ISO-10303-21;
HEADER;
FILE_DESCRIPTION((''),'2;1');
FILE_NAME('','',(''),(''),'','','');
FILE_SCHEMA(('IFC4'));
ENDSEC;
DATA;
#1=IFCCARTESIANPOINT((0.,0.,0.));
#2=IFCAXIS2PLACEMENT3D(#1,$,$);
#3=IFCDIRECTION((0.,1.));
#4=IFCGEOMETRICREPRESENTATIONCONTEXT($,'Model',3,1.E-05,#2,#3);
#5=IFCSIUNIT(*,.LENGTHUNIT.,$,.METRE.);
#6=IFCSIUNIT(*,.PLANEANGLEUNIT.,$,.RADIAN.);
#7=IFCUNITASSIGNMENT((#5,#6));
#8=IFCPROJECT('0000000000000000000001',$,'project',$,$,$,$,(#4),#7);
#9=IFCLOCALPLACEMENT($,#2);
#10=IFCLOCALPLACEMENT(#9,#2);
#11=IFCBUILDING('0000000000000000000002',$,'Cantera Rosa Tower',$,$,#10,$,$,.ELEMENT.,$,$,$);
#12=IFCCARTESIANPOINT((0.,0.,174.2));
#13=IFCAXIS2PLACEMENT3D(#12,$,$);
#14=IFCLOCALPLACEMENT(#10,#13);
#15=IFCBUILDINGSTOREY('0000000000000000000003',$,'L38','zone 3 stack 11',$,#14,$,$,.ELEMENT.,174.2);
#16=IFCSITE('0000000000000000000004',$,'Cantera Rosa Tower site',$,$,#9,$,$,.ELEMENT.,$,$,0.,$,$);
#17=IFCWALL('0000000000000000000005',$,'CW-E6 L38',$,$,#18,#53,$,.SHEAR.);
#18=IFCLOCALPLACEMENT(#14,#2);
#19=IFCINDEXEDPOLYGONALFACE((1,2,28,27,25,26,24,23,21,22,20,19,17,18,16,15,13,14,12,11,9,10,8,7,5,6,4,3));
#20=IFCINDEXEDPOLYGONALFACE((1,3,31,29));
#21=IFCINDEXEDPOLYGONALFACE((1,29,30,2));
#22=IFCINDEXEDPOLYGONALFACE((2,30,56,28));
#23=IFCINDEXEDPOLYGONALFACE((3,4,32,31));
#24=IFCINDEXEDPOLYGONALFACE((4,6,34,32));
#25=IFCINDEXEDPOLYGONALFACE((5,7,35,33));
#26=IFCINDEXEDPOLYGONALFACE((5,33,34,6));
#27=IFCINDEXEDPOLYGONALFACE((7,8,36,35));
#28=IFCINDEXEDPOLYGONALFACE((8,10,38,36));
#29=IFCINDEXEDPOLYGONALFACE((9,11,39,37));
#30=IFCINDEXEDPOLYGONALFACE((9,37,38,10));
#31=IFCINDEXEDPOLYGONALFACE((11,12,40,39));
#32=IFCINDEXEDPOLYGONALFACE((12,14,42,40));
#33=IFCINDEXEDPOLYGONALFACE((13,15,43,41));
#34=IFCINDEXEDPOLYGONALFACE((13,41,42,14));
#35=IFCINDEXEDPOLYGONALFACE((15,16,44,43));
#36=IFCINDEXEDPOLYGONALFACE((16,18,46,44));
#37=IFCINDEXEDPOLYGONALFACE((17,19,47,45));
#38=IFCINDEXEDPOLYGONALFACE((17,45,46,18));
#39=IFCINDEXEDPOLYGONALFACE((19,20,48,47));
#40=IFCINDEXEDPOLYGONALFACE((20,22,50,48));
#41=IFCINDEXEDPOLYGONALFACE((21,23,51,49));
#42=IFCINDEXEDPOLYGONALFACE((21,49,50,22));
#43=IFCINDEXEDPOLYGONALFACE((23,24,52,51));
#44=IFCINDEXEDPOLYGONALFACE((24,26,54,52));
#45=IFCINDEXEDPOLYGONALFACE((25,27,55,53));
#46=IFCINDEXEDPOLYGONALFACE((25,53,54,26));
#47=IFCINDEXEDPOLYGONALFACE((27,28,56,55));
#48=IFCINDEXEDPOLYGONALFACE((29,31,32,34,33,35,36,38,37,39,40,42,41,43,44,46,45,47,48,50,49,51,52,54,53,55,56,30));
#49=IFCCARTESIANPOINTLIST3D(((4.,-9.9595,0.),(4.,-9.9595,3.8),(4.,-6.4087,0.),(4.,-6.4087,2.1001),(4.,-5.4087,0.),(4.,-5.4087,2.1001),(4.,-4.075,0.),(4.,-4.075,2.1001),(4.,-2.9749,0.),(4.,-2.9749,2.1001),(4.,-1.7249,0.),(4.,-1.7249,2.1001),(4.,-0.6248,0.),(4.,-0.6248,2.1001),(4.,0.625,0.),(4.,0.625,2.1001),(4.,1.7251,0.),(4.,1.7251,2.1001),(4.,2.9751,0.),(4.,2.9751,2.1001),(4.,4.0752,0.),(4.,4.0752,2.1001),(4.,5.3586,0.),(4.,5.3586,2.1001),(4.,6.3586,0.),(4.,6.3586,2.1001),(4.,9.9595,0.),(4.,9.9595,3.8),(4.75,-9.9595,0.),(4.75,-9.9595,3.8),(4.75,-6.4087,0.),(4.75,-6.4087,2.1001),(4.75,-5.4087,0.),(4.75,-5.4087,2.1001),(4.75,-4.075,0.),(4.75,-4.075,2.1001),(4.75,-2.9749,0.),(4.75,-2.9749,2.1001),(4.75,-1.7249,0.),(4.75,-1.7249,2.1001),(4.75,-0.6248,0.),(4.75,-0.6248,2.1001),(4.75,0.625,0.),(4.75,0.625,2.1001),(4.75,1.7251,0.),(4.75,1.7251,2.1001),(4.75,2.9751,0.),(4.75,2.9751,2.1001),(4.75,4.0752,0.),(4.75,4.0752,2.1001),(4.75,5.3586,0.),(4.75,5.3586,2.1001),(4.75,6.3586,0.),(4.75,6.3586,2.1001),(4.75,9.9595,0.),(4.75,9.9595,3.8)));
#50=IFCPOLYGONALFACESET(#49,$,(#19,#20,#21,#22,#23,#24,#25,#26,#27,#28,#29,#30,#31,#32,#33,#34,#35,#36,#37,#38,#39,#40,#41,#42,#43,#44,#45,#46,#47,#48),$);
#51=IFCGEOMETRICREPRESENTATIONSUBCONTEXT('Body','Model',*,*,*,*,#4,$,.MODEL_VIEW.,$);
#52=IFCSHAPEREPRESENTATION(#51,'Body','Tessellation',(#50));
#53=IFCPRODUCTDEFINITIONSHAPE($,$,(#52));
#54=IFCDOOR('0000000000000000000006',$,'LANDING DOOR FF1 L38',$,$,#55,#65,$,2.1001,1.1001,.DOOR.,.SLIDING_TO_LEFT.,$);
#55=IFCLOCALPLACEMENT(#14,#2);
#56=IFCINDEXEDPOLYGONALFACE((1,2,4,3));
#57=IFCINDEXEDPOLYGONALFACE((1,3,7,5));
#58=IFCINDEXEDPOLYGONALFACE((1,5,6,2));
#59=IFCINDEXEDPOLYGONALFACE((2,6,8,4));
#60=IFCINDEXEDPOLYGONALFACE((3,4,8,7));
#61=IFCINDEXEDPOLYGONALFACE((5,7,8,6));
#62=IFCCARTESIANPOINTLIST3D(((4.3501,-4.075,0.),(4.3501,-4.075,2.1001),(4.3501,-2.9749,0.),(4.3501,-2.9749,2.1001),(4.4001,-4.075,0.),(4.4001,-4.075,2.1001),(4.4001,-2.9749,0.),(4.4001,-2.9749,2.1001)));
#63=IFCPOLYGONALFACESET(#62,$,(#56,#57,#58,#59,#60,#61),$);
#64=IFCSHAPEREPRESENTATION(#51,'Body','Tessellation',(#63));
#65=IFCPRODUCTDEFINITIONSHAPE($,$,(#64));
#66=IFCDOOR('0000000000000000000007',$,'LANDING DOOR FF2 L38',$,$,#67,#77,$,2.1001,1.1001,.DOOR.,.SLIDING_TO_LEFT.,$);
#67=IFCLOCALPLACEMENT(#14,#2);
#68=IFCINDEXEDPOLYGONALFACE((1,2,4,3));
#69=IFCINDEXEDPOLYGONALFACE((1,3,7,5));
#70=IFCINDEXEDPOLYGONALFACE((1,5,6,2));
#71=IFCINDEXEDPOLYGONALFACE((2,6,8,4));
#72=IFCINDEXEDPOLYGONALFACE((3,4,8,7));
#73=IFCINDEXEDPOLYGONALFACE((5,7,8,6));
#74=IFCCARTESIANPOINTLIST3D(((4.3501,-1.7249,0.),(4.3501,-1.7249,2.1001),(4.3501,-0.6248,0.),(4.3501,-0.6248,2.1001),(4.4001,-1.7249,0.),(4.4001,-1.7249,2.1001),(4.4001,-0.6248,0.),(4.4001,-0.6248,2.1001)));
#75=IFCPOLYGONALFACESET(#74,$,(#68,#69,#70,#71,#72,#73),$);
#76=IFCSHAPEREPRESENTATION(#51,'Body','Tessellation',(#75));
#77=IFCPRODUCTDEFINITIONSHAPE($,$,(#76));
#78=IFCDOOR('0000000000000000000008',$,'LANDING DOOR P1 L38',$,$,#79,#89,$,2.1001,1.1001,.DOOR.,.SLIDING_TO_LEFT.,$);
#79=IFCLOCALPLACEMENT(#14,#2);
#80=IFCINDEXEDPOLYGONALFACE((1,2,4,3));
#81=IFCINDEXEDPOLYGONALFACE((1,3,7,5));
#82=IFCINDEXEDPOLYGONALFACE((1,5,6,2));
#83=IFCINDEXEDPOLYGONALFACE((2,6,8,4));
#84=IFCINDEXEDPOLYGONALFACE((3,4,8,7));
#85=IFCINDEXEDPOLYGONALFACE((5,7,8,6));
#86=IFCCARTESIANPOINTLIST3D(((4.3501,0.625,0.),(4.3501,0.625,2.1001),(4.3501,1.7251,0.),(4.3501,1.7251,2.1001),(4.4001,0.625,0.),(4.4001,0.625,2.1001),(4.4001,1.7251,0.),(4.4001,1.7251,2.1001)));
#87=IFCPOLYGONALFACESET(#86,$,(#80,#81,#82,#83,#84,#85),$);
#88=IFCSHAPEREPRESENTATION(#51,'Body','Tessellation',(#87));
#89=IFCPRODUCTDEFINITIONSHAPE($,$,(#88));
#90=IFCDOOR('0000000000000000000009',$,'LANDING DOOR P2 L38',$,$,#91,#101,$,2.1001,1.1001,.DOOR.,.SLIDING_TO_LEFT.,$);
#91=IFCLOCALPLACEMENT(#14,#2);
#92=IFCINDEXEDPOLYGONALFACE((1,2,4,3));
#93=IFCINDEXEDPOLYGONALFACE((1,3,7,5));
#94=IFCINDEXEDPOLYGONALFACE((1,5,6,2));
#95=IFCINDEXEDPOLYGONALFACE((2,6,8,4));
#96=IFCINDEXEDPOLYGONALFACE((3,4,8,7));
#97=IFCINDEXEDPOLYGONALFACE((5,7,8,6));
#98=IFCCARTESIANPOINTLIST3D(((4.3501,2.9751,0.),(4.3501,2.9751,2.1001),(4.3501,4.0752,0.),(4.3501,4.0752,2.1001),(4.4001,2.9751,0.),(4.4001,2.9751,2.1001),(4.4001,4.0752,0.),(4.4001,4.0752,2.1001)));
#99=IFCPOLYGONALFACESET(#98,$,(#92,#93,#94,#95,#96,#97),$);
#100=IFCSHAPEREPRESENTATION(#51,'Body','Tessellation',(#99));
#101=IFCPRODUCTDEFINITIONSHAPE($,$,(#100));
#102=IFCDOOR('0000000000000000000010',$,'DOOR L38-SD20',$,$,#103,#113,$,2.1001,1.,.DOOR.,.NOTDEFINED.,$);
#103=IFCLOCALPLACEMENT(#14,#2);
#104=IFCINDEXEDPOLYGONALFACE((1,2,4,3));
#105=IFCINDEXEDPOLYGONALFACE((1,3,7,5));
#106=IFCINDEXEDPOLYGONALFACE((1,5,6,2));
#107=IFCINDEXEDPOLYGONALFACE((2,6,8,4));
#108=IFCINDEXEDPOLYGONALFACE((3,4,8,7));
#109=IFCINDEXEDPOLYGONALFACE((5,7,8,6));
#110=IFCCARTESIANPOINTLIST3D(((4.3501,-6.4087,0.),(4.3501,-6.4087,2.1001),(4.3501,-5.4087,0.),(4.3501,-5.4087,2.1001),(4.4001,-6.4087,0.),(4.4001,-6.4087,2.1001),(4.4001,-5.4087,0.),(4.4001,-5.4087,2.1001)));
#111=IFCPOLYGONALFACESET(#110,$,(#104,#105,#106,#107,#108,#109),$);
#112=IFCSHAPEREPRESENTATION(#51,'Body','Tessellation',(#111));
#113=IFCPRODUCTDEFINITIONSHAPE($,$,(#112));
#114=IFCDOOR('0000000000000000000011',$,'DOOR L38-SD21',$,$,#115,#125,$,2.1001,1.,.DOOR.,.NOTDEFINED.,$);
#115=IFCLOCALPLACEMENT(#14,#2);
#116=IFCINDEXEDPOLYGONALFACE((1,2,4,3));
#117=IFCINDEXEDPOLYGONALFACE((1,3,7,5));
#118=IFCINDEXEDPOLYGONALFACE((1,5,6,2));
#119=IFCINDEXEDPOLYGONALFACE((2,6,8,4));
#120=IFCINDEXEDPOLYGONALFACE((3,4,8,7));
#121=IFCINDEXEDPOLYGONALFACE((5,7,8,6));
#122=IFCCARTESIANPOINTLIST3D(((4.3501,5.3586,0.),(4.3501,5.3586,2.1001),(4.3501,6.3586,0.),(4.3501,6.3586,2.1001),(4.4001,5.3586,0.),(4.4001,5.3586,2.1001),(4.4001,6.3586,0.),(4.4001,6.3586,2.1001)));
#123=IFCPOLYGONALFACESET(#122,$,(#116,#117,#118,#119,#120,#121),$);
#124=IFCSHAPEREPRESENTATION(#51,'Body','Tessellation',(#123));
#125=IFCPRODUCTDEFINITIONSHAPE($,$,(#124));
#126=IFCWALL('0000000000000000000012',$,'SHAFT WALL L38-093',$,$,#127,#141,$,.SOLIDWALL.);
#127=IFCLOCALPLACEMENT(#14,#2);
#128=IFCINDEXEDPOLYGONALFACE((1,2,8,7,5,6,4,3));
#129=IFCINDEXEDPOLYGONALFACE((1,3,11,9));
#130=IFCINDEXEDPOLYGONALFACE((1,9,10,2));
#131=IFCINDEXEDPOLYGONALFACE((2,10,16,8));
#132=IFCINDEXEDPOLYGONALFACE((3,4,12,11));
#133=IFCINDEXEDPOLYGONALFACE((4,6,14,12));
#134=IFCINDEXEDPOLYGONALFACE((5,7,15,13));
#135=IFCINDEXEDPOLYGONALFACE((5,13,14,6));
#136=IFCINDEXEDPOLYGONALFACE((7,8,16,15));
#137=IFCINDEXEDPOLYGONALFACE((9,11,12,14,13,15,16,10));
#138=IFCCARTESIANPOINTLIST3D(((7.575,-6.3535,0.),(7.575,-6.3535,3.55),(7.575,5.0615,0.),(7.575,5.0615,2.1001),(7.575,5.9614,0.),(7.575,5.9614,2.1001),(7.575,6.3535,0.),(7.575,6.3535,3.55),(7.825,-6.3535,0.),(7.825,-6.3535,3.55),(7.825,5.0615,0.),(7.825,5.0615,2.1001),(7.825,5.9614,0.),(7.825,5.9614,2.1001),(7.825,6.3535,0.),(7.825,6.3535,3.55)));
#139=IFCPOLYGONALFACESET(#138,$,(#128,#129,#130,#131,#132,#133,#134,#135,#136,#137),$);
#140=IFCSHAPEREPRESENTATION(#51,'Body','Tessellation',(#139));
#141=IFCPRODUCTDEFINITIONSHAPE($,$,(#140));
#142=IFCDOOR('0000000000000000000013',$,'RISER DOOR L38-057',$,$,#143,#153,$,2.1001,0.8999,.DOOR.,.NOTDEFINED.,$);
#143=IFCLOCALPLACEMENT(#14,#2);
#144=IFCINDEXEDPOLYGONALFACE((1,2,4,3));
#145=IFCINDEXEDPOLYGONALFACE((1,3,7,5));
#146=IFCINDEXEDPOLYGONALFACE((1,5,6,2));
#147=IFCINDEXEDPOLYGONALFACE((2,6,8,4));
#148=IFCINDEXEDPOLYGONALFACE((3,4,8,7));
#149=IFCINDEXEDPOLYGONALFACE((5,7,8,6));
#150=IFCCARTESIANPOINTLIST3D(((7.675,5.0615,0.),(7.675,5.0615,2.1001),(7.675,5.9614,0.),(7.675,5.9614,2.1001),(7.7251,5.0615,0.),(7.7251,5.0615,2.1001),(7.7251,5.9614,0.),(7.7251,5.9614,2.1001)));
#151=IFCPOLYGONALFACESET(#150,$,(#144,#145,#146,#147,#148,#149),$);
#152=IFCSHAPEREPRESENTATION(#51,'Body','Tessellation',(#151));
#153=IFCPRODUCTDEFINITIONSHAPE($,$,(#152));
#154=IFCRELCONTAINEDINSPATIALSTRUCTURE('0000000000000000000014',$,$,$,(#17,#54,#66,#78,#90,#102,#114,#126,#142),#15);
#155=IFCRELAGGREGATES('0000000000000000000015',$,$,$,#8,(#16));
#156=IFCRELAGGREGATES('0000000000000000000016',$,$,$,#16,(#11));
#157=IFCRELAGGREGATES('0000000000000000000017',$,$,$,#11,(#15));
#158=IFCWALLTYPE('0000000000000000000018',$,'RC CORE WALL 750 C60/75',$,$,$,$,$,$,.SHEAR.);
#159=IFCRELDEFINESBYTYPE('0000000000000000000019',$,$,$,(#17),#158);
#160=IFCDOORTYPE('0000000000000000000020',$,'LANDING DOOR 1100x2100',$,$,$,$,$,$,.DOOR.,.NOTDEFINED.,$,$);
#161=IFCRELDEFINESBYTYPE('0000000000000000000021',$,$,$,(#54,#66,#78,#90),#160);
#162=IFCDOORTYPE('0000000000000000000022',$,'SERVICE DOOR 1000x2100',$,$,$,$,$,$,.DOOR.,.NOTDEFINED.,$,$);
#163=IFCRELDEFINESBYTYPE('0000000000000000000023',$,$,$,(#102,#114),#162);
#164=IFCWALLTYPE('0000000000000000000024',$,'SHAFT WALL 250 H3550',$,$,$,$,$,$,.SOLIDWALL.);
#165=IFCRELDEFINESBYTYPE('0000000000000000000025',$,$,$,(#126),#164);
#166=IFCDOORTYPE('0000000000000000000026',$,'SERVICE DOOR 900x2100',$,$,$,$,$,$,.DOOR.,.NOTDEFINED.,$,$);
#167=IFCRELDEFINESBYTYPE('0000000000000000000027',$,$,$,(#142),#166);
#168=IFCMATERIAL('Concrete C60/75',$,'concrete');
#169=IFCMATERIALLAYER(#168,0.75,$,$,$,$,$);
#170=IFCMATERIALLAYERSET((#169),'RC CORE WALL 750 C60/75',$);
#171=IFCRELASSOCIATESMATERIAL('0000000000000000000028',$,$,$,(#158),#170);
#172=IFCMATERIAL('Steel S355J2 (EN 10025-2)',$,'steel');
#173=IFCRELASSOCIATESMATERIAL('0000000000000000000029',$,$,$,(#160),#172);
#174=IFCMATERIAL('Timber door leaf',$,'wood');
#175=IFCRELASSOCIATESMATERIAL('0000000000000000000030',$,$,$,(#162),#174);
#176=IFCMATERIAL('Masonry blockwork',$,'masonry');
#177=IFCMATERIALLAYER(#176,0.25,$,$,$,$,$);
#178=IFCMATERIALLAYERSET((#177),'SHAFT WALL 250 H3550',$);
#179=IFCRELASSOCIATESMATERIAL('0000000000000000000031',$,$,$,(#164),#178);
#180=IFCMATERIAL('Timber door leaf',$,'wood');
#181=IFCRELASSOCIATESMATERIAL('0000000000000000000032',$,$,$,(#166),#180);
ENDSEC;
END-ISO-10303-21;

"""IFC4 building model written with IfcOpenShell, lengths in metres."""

from ifc_helpers import new_model, si_unit, direction, frame, frame_2d, origin, place, context, subcontext, project, spatial, rectangle, extrude, material, layer, layer_set, type_object, element, fill, save


model = new_model("IFC4")

# Units and contexts
model_context = context("Model", 3, precision=1e-05, world=origin(), true_north=direction((0.0, 1.0)))
body_context = subcontext(model_context, "Body", "Model", "MODEL_VIEW")
ifc_project = project(units=[si_unit("LENGTHUNIT", "METRE"), si_unit("PLANEANGLEUNIT", "RADIAN")], contexts=[model_context])

# Site, building, storey
site_placement = place(None, origin())
site = spatial("IfcSite", under=ifc_project, at=site_placement, Name="Cantera Rosa Tower site", CompositionType="ELEMENT", RefElevation=0.0)
building_placement = place(site_placement, origin())
building = spatial("IfcBuilding", under=site, at=building_placement, Name="Cantera Rosa Tower", CompositionType="ELEMENT")
storey_placement = place(building_placement, frame((0.0, 0.0, 174.2)))
storey = spatial("IfcBuildingStorey", under=building, at=storey_placement, Name="L38", Description="zone 3 stack 11", CompositionType="ELEMENT", Elevation=174.2)

# Shared definitions
ifc_material_1 = material(Name="Concrete C60/75", Category="concrete")
ifc_layer_1 = layer(ifc_material_1, 0.75)
ifc_layer_set_1 = layer_set([ifc_layer_1], Name="RC CORE WALL 750 C60/75")
wall_type_1 = type_object("IfcWallType", Name="RC CORE WALL 750 C60/75", PredefinedType="SHEAR", material=ifc_layer_set_1)

# Wall, openings, doors
wall_1_placement = place(storey_placement, frame((4.375, -9.9595, 0.0), z_axis=(0.0, 0.0, 1.0), x_axis=(0.0, 1.0, 0.0)))
wall_1 = element("IfcWall", 1, at=wall_1_placement, inside=storey, type_object=wall_type_1, Name="CW-E6 L38", PredefinedType="SHEAR", context=body_context, shape_type="SweptSolid", body=[
    extrude(rectangle(XDim=19.9189, YDim=0.75, at=frame_2d((9.9595, 0.0))), origin(), (0.0, 0.0, 1.0), 3.8),
])
opening_1_placement = place(wall_1_placement, frame((5.8845, 0.0, 0.0)))
opening_1 = element("IfcOpeningElement", 2, at=opening_1_placement, cuts=wall_1, PredefinedType="OPENING", context=body_context, shape_type="SweptSolid", body=[
    extrude(rectangle(XDim=1.1001, YDim=2.1001, at=frame_2d((0.55, 1.05))), frame((0.0, 0.385, 0.0), z_axis=(0.0, -1.0, 0.0), x_axis=(1.0, 0.0, 0.0)), (0.0, 0.0, 1.0), 0.77),
])
opening_2_placement = place(wall_1_placement, frame((8.2346, 0.0, 0.0)))
opening_2 = element("IfcOpeningElement", 3, at=opening_2_placement, cuts=wall_1, PredefinedType="OPENING", context=body_context, shape_type="SweptSolid", body=[
    extrude(rectangle(XDim=1.1001, YDim=2.1001, at=frame_2d((0.55, 1.05))), frame((0.0, 0.385, 0.0), z_axis=(0.0, -1.0, 0.0), x_axis=(1.0, 0.0, 0.0)), (0.0, 0.0, 1.0), 0.77),
])
opening_3_placement = place(wall_1_placement, frame((10.5845, 0.0, 0.0)))
opening_3 = element("IfcOpeningElement", 4, at=opening_3_placement, cuts=wall_1, PredefinedType="OPENING", context=body_context, shape_type="SweptSolid", body=[
    extrude(rectangle(XDim=1.1001, YDim=2.1001, at=frame_2d((0.55, 1.05))), frame((0.0, 0.385, 0.0), z_axis=(0.0, -1.0, 0.0), x_axis=(1.0, 0.0, 0.0)), (0.0, 0.0, 1.0), 0.77),
])
opening_4_placement = place(wall_1_placement, frame((12.9346, 0.0, 0.0)))
opening_4 = element("IfcOpeningElement", 5, at=opening_4_placement, cuts=wall_1, PredefinedType="OPENING", context=body_context, shape_type="SweptSolid", body=[
    extrude(rectangle(XDim=1.1001, YDim=2.1001, at=frame_2d((0.55, 1.05))), frame((0.0, 0.385, 0.0), z_axis=(0.0, -1.0, 0.0), x_axis=(1.0, 0.0, 0.0)), (0.0, 0.0, 1.0), 0.77),
])
opening_5_placement = place(wall_1_placement, frame((3.5508, 0.0, 0.0)))
opening_5 = element("IfcOpeningElement", 6, at=opening_5_placement, cuts=wall_1, PredefinedType="OPENING", context=body_context, shape_type="SweptSolid", body=[
    extrude(rectangle(XDim=1.0, YDim=2.1001, at=frame_2d((0.5, 1.05))), frame((0.0, 0.385, 0.0), z_axis=(0.0, -1.0, 0.0), x_axis=(1.0, 0.0, 0.0)), (0.0, 0.0, 1.0), 0.77),
])
opening_6_placement = place(wall_1_placement, frame((15.3181, 0.0, 0.0)))
opening_6 = element("IfcOpeningElement", 7, at=opening_6_placement, cuts=wall_1, PredefinedType="OPENING", context=body_context, shape_type="SweptSolid", body=[
    extrude(rectangle(XDim=1.0, YDim=2.1001, at=frame_2d((0.5, 1.05))), frame((0.0, 0.385, 0.0), z_axis=(0.0, -1.0, 0.0), x_axis=(1.0, 0.0, 0.0)), (0.0, 0.0, 1.0), 0.77),
])
ifc_material_2 = material(Name="Steel S355J2 (EN 10025-2)", Category="steel")
door_type_1 = type_object("IfcDoorType", Name="LANDING DOOR 1100x2100", OperationType="NOTDEFINED", PredefinedType="DOOR", material=ifc_material_2)
door_1_placement = place(opening_1_placement, origin())
door_1 = element("IfcDoor", 8, at=door_1_placement, inside=storey, type_object=door_type_1, Name="LANDING DOOR FF1 L38", OperationType="SLIDING_TO_LEFT", OverallHeight=2.1001, OverallWidth=1.1001, PredefinedType="DOOR", context=body_context, shape_type="SweptSolid", body=[
    extrude(rectangle(XDim=1.1001, YDim=2.1001, at=frame_2d((0.55, 1.05))), frame((0.0, 0.0249, 0.0), z_axis=(0.0, -1.0, 0.0), x_axis=(1.0, 0.0, 0.0)), (0.0, 0.0, 1.0), 0.05),
])
fill(opening_1, door_1)
door_2_placement = place(opening_2_placement, origin())
door_2 = element("IfcDoor", 9, at=door_2_placement, inside=storey, type_object=door_type_1, Name="LANDING DOOR FF2 L38", OperationType="SLIDING_TO_LEFT", OverallHeight=2.1001, OverallWidth=1.1001, PredefinedType="DOOR", context=body_context, shape_type="SweptSolid", body=[
    extrude(rectangle(XDim=1.1001, YDim=2.1001, at=frame_2d((0.55, 1.05))), frame((0.0, 0.0249, 0.0), z_axis=(0.0, -1.0, 0.0), x_axis=(1.0, 0.0, 0.0)), (0.0, 0.0, 1.0), 0.05),
])
fill(opening_2, door_2)
door_3_placement = place(opening_3_placement, origin())
door_3 = element("IfcDoor", 10, at=door_3_placement, inside=storey, type_object=door_type_1, Name="LANDING DOOR P1 L38", OperationType="SLIDING_TO_LEFT", OverallHeight=2.1001, OverallWidth=1.1001, PredefinedType="DOOR", context=body_context, shape_type="SweptSolid", body=[
    extrude(rectangle(XDim=1.1001, YDim=2.1001, at=frame_2d((0.55, 1.05))), frame((0.0, 0.0249, 0.0), z_axis=(0.0, -1.0, 0.0), x_axis=(1.0, 0.0, 0.0)), (0.0, 0.0, 1.0), 0.05),
])
fill(opening_3, door_3)
door_4_placement = place(opening_4_placement, origin())
door_4 = element("IfcDoor", 11, at=door_4_placement, inside=storey, type_object=door_type_1, Name="LANDING DOOR P2 L38", OperationType="SLIDING_TO_LEFT", OverallHeight=2.1001, OverallWidth=1.1001, PredefinedType="DOOR", context=body_context, shape_type="SweptSolid", body=[
    extrude(rectangle(XDim=1.1001, YDim=2.1001, at=frame_2d((0.55, 1.05))), frame((0.0, 0.0249, 0.0), z_axis=(0.0, -1.0, 0.0), x_axis=(1.0, 0.0, 0.0)), (0.0, 0.0, 1.0), 0.05),
])
fill(opening_4, door_4)
ifc_material_3 = material(Name="Timber door leaf", Category="wood")
door_type_2 = type_object("IfcDoorType", Name="SERVICE DOOR 1000x2100", OperationType="NOTDEFINED", PredefinedType="DOOR", material=ifc_material_3)
door_5_placement = place(opening_5_placement, origin())
door_5 = element("IfcDoor", 12, at=door_5_placement, inside=storey, type_object=door_type_2, Name="DOOR L38-SD20", OperationType="NOTDEFINED", OverallHeight=2.1001, OverallWidth=1.0, PredefinedType="DOOR", context=body_context, shape_type="SweptSolid", body=[
    extrude(rectangle(XDim=1.0, YDim=2.1001, at=frame_2d((0.5, 1.05))), frame((0.0, 0.0249, 0.0), z_axis=(0.0, -1.0, 0.0), x_axis=(1.0, 0.0, 0.0)), (0.0, 0.0, 1.0), 0.05),
])
fill(opening_5, door_5)
door_6_placement = place(opening_6_placement, origin())
door_6 = element("IfcDoor", 13, at=door_6_placement, inside=storey, type_object=door_type_2, Name="DOOR L38-SD21", OperationType="NOTDEFINED", OverallHeight=2.1001, OverallWidth=1.0, PredefinedType="DOOR", context=body_context, shape_type="SweptSolid", body=[
    extrude(rectangle(XDim=1.0, YDim=2.1001, at=frame_2d((0.5, 1.05))), frame((0.0, 0.0249, 0.0), z_axis=(0.0, -1.0, 0.0), x_axis=(1.0, 0.0, 0.0)), (0.0, 0.0, 1.0), 0.05),
])
fill(opening_6, door_6)

# Wall, opening, door
ifc_material_4 = material(Name="Masonry blockwork", Category="masonry")
ifc_layer_2 = layer(ifc_material_4, 0.25)
ifc_layer_set_2 = layer_set([ifc_layer_2], Name="SHAFT WALL 250 H3550")
wall_type_2 = type_object("IfcWallType", Name="SHAFT WALL 250 H3550", PredefinedType="SOLIDWALL", material=ifc_layer_set_2)
wall_2_placement = place(storey_placement, frame((7.7, -6.3535, 0.0), z_axis=(0.0, 0.0, 1.0), x_axis=(0.0, 1.0, 0.0)))
wall_2 = element("IfcWall", 14, at=wall_2_placement, inside=storey, type_object=wall_type_2, Name="SHAFT WALL L38-093", PredefinedType="SOLIDWALL", context=body_context, shape_type="SweptSolid", body=[
    extrude(rectangle(XDim=12.707, YDim=0.25, at=frame_2d((6.3535, 0.0))), origin(), (0.0, 0.0, 1.0), 3.55),
])
opening_7_placement = place(wall_2_placement, frame((11.415, 0.0, 0.0)))
opening_7 = element("IfcOpeningElement", 15, at=opening_7_placement, cuts=wall_2, PredefinedType="OPENING", context=body_context, shape_type="SweptSolid", body=[
    extrude(rectangle(XDim=0.8999, YDim=2.1001, at=frame_2d((0.45, 1.05))), frame((0.0, 0.135, 0.0), z_axis=(0.0, -1.0, 0.0), x_axis=(1.0, 0.0, 0.0)), (0.0, 0.0, 1.0), 0.27),
])
ifc_material_5 = material(Name="Timber door leaf", Category="wood")
door_type_3 = type_object("IfcDoorType", Name="SERVICE DOOR 900x2100", OperationType="NOTDEFINED", PredefinedType="DOOR", material=ifc_material_5)
door_7_placement = place(opening_7_placement, origin())
door_7 = element("IfcDoor", 16, at=door_7_placement, inside=storey, type_object=door_type_3, Name="RISER DOOR L38-057", OperationType="NOTDEFINED", OverallHeight=2.1001, OverallWidth=0.8999, PredefinedType="DOOR", context=body_context, shape_type="SweptSolid", body=[
    extrude(rectangle(XDim=0.8999, YDim=2.1001, at=frame_2d((0.45, 1.05))), frame((0.0, 0.0249, 0.0), z_axis=(0.0, -1.0, 0.0), x_axis=(1.0, 0.0, 0.0)), (0.0, 0.0, 1.0), 0.05),
])
fill(opening_7, door_7)

save(model, "model.ifc")
